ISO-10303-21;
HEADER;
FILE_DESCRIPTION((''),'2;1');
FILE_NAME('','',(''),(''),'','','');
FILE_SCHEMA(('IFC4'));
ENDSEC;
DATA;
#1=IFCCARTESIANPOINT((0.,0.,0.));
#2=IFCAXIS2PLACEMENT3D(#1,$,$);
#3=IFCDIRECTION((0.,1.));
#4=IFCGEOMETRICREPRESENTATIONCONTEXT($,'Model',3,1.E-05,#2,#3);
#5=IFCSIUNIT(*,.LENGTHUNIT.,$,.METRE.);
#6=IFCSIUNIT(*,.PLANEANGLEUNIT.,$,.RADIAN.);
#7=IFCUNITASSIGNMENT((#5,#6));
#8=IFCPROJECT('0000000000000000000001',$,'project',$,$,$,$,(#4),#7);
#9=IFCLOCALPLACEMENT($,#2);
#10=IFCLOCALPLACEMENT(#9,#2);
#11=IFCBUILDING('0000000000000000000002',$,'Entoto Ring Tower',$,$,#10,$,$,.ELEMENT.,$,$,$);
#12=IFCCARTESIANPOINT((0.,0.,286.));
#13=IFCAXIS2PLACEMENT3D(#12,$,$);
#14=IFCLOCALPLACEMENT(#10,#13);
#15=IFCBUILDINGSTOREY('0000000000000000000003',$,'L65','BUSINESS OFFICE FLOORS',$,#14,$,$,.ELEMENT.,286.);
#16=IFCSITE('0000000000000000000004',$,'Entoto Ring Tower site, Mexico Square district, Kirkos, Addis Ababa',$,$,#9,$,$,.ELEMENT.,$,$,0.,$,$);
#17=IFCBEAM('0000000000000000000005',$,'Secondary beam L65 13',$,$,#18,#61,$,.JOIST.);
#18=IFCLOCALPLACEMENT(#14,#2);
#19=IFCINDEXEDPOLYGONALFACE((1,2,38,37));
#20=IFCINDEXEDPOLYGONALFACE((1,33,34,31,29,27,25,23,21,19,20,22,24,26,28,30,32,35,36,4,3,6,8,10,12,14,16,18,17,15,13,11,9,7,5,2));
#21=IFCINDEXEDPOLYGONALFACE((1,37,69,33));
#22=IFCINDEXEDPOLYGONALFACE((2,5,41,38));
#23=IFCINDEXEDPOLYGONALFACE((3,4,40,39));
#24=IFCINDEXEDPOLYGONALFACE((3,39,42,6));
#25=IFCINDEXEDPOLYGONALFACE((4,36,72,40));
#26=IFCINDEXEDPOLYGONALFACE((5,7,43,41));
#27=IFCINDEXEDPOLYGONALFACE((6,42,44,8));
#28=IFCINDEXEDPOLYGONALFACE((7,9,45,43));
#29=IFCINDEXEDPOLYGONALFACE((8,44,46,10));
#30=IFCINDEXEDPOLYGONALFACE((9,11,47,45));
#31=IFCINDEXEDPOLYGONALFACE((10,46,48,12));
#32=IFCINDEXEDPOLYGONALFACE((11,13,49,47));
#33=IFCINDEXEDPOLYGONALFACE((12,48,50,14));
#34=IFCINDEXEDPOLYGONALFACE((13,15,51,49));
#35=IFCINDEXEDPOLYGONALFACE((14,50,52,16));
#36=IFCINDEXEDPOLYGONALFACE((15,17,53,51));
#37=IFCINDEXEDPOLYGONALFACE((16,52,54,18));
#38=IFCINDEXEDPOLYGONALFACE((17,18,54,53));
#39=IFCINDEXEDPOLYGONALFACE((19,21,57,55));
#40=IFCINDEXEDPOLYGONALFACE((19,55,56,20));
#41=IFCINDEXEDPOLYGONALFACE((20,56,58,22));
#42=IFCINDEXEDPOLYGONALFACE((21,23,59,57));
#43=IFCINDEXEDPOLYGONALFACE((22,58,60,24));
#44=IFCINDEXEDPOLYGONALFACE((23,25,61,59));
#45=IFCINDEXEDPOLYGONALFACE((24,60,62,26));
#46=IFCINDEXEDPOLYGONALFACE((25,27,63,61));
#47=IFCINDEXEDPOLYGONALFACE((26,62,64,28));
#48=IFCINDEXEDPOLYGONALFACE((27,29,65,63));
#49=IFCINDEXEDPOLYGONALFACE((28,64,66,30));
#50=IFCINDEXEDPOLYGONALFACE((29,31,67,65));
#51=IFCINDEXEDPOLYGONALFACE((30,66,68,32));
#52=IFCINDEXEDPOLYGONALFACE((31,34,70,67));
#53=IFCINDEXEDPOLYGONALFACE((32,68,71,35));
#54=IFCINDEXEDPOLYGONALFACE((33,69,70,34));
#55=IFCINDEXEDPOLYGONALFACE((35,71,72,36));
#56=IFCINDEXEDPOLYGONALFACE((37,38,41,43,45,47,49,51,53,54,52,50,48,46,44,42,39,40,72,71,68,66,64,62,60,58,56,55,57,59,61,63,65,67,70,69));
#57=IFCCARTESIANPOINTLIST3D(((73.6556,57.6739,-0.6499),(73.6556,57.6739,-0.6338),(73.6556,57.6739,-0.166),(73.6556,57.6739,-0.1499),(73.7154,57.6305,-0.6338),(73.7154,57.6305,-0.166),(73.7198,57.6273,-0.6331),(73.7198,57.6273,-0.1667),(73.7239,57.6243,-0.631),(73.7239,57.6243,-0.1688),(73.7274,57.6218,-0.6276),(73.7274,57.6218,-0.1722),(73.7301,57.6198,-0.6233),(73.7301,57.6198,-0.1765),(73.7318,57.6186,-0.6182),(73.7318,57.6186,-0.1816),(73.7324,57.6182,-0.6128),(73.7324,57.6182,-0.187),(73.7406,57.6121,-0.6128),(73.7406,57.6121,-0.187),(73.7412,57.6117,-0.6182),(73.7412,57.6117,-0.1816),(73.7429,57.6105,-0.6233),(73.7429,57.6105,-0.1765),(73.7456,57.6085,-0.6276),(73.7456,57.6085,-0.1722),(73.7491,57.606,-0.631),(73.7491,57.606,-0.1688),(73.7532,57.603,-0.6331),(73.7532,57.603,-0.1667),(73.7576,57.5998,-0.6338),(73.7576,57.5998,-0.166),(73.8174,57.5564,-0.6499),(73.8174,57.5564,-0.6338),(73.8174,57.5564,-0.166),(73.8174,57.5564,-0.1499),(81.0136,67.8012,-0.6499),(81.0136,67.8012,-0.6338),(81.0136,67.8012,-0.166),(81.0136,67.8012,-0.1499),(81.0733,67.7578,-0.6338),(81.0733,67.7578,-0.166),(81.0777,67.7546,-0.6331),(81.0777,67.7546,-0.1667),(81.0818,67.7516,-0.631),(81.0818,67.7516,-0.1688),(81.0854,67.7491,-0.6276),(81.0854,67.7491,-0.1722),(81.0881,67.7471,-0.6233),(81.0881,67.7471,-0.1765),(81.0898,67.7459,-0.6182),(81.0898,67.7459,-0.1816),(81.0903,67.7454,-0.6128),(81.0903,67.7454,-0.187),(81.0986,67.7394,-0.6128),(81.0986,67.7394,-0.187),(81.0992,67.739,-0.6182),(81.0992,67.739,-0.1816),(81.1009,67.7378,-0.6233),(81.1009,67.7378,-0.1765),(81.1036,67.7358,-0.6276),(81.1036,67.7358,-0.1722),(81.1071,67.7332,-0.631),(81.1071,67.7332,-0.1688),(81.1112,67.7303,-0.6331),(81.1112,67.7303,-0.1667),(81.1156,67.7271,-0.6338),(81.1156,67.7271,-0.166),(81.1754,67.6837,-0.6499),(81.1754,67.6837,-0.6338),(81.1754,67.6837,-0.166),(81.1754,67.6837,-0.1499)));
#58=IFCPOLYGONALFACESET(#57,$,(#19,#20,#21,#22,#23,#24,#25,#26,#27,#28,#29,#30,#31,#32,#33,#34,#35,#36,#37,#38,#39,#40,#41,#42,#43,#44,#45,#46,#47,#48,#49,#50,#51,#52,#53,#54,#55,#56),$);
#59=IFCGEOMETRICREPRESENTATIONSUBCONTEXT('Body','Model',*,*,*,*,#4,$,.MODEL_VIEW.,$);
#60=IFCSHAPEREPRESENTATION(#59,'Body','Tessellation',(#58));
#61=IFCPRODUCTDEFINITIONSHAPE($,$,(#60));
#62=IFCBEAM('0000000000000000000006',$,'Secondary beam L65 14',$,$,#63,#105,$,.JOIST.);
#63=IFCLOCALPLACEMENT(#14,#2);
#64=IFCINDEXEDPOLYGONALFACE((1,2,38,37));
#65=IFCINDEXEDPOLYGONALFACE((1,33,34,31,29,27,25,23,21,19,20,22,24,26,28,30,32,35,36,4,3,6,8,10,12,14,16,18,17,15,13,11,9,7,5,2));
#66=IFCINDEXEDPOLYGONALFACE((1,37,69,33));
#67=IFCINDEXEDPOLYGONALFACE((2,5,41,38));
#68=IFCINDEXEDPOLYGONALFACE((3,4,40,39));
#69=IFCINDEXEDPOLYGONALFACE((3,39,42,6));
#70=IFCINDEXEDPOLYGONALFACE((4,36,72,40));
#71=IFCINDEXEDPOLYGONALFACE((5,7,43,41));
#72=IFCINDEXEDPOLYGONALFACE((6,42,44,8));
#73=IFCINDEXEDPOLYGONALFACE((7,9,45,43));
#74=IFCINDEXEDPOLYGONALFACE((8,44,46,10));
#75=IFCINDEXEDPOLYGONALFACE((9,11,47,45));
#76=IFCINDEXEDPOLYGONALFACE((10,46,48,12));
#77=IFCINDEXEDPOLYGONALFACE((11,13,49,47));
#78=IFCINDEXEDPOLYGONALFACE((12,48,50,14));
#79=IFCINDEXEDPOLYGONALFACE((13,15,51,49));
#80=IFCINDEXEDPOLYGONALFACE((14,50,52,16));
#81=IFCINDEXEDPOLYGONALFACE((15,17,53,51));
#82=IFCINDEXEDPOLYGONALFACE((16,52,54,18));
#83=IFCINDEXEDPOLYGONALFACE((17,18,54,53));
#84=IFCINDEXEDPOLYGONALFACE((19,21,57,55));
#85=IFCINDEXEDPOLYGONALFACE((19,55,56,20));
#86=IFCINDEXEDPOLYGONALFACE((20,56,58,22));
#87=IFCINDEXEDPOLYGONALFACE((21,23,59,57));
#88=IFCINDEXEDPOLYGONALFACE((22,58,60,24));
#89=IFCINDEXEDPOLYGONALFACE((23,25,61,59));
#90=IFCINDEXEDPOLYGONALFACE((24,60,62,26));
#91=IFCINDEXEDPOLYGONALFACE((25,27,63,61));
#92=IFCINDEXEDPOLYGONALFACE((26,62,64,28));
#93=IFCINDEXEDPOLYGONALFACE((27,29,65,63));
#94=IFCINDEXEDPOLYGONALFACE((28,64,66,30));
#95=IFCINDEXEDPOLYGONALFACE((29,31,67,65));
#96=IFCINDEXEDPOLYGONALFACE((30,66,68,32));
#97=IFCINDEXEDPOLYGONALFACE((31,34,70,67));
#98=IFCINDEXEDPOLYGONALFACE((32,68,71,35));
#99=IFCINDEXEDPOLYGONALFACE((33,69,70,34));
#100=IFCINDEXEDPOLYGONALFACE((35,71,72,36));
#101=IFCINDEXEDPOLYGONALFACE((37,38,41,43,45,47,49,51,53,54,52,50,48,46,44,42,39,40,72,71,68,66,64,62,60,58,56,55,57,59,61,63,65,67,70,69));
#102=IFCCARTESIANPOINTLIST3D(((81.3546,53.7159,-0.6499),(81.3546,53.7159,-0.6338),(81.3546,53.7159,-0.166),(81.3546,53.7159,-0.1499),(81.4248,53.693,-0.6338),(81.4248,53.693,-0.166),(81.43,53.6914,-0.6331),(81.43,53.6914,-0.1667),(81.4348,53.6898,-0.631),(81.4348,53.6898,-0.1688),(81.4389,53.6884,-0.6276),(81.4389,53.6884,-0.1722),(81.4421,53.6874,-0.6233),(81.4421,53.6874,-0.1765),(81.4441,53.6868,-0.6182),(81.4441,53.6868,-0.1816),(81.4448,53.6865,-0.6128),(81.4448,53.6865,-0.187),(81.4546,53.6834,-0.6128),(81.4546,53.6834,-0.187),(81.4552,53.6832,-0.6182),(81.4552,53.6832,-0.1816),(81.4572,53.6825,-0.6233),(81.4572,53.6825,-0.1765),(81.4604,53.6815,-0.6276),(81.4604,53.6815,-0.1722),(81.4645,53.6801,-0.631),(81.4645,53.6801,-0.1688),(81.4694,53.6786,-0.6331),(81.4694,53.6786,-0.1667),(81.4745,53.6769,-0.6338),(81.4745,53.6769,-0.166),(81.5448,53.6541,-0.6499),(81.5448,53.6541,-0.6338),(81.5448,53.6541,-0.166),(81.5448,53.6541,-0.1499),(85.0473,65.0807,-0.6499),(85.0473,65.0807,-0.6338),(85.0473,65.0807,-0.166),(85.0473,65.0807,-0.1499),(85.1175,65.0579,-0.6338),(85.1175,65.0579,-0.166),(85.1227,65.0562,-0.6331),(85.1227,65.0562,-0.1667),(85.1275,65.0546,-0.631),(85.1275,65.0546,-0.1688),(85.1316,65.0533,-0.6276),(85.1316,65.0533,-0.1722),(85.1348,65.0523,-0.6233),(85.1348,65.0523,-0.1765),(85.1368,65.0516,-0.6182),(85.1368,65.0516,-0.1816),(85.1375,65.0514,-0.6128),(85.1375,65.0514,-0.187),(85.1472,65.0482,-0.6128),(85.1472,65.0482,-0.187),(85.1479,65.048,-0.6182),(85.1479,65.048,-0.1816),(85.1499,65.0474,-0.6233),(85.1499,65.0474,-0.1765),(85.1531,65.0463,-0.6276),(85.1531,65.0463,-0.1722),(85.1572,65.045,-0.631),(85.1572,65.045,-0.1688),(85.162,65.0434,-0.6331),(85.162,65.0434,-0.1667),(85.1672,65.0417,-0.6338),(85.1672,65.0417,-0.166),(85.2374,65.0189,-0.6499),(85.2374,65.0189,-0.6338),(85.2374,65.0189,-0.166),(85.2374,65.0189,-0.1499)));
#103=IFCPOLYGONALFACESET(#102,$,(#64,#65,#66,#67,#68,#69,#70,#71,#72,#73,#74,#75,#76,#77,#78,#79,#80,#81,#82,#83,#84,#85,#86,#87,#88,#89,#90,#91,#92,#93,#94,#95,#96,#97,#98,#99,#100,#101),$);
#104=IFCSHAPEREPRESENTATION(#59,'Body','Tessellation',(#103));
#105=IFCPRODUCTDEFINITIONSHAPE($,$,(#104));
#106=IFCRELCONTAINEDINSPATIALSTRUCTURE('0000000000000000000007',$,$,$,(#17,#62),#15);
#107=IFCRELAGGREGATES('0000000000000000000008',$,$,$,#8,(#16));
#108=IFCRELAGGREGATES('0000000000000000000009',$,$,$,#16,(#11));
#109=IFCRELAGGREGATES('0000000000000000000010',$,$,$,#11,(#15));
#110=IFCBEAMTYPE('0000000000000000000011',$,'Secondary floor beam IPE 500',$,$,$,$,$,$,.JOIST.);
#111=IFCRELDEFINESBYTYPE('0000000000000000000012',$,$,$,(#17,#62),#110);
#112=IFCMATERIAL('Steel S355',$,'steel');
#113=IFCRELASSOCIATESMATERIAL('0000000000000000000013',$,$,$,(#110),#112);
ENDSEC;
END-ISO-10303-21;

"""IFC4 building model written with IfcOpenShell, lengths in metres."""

from ifc_helpers import new_model, si_unit, direction, frame, origin, origin_2d, place, context, subcontext, project, spatial, i_section, extrude, material, material_profile, profile_set, type_object, element, save


model = new_model("IFC4")

# Units and contexts
model_context = context("Model", 3, precision=1e-05, world=origin(), true_north=direction((0.0, 1.0)))
body_context = subcontext(model_context, "Body", "Model", "MODEL_VIEW")
ifc_project = project(units=[si_unit("LENGTHUNIT", "METRE"), si_unit("PLANEANGLEUNIT", "RADIAN")], contexts=[model_context])

# Site, building, storey
site_placement = place(None, origin())
site = spatial("IfcSite", under=ifc_project, at=site_placement, Name="Entoto Ring Tower site, Mexico Square district, Kirkos, Addis Ababa", CompositionType="ELEMENT", RefElevation=0.0)
building_placement = place(site_placement, origin())
building = spatial("IfcBuilding", under=site, at=building_placement, Name="Entoto Ring Tower", CompositionType="ELEMENT")
storey_placement = place(building_placement, frame((0.0, 0.0, 286.0)))
storey = spatial("IfcBuildingStorey", under=building, at=storey_placement, Name="L65", Description="BUSINESS OFFICE FLOORS", CompositionType="ELEMENT", Elevation=286.0)

# Beams
ifc_material_1 = material(Name="Steel S355", Category="steel")
ifc_material_profile_1 = material_profile(ifc_material_1, i_section(OverallWidth=0.2, OverallDepth=0.5, WebThickness=0.0103, FlangeThickness=0.0161, FilletRadius=0.021, at=origin_2d()), Name="IPE 500")
ifc_profile_set_1 = profile_set([ifc_material_profile_1], Name="Steel S355")
beam_type_1 = type_object("IfcBeamType", Name="Secondary floor beam IPE 500", PredefinedType="JOIST", material=ifc_profile_set_1)
for number, where, z_axis, x_axis, name in (
    (1, (81.0945, 67.7424, -0.3999), (-0.587789, -0.809014, 0.0), (0.809014, -0.587789, 0.0), "Secondary beam L65 13"),
):
    element("IfcBeam", number, at=place(storey_placement, frame(where, z_axis=z_axis, x_axis=x_axis)), inside=storey, type_object=beam_type_1, Name=name, PredefinedType="JOIST", context=body_context, shape_type="SweptSolid", body=[
        extrude(i_section(OverallWidth=0.2, OverallDepth=0.5, WebThickness=0.0103, FlangeThickness=0.0161, FilletRadius=0.021, at=origin_2d()), origin(), (0.0, 0.0, 1.0), 12.5181),
    ])
beam_1_placement = place(storey_placement, frame((85.1423, 65.0498, -0.3999), z_axis=(-0.309017, -0.951057, 0.0), x_axis=(0.951057, -0.309017, 0.0)))
element("IfcBeam", 2, at=beam_1_placement, inside=storey, type_object=beam_type_1, Name="Secondary beam L65 14", PredefinedType="JOIST", context=body_context, shape_type="SweptSolid", body=[
    extrude(i_section(OverallWidth=0.2, OverallDepth=0.5, WebThickness=0.0103, FlangeThickness=0.0161, FilletRadius=0.021, at=origin_2d()), origin(), (0.0, 0.0, 1.0), 11.9497),
])

save(model, "model.ifc")
